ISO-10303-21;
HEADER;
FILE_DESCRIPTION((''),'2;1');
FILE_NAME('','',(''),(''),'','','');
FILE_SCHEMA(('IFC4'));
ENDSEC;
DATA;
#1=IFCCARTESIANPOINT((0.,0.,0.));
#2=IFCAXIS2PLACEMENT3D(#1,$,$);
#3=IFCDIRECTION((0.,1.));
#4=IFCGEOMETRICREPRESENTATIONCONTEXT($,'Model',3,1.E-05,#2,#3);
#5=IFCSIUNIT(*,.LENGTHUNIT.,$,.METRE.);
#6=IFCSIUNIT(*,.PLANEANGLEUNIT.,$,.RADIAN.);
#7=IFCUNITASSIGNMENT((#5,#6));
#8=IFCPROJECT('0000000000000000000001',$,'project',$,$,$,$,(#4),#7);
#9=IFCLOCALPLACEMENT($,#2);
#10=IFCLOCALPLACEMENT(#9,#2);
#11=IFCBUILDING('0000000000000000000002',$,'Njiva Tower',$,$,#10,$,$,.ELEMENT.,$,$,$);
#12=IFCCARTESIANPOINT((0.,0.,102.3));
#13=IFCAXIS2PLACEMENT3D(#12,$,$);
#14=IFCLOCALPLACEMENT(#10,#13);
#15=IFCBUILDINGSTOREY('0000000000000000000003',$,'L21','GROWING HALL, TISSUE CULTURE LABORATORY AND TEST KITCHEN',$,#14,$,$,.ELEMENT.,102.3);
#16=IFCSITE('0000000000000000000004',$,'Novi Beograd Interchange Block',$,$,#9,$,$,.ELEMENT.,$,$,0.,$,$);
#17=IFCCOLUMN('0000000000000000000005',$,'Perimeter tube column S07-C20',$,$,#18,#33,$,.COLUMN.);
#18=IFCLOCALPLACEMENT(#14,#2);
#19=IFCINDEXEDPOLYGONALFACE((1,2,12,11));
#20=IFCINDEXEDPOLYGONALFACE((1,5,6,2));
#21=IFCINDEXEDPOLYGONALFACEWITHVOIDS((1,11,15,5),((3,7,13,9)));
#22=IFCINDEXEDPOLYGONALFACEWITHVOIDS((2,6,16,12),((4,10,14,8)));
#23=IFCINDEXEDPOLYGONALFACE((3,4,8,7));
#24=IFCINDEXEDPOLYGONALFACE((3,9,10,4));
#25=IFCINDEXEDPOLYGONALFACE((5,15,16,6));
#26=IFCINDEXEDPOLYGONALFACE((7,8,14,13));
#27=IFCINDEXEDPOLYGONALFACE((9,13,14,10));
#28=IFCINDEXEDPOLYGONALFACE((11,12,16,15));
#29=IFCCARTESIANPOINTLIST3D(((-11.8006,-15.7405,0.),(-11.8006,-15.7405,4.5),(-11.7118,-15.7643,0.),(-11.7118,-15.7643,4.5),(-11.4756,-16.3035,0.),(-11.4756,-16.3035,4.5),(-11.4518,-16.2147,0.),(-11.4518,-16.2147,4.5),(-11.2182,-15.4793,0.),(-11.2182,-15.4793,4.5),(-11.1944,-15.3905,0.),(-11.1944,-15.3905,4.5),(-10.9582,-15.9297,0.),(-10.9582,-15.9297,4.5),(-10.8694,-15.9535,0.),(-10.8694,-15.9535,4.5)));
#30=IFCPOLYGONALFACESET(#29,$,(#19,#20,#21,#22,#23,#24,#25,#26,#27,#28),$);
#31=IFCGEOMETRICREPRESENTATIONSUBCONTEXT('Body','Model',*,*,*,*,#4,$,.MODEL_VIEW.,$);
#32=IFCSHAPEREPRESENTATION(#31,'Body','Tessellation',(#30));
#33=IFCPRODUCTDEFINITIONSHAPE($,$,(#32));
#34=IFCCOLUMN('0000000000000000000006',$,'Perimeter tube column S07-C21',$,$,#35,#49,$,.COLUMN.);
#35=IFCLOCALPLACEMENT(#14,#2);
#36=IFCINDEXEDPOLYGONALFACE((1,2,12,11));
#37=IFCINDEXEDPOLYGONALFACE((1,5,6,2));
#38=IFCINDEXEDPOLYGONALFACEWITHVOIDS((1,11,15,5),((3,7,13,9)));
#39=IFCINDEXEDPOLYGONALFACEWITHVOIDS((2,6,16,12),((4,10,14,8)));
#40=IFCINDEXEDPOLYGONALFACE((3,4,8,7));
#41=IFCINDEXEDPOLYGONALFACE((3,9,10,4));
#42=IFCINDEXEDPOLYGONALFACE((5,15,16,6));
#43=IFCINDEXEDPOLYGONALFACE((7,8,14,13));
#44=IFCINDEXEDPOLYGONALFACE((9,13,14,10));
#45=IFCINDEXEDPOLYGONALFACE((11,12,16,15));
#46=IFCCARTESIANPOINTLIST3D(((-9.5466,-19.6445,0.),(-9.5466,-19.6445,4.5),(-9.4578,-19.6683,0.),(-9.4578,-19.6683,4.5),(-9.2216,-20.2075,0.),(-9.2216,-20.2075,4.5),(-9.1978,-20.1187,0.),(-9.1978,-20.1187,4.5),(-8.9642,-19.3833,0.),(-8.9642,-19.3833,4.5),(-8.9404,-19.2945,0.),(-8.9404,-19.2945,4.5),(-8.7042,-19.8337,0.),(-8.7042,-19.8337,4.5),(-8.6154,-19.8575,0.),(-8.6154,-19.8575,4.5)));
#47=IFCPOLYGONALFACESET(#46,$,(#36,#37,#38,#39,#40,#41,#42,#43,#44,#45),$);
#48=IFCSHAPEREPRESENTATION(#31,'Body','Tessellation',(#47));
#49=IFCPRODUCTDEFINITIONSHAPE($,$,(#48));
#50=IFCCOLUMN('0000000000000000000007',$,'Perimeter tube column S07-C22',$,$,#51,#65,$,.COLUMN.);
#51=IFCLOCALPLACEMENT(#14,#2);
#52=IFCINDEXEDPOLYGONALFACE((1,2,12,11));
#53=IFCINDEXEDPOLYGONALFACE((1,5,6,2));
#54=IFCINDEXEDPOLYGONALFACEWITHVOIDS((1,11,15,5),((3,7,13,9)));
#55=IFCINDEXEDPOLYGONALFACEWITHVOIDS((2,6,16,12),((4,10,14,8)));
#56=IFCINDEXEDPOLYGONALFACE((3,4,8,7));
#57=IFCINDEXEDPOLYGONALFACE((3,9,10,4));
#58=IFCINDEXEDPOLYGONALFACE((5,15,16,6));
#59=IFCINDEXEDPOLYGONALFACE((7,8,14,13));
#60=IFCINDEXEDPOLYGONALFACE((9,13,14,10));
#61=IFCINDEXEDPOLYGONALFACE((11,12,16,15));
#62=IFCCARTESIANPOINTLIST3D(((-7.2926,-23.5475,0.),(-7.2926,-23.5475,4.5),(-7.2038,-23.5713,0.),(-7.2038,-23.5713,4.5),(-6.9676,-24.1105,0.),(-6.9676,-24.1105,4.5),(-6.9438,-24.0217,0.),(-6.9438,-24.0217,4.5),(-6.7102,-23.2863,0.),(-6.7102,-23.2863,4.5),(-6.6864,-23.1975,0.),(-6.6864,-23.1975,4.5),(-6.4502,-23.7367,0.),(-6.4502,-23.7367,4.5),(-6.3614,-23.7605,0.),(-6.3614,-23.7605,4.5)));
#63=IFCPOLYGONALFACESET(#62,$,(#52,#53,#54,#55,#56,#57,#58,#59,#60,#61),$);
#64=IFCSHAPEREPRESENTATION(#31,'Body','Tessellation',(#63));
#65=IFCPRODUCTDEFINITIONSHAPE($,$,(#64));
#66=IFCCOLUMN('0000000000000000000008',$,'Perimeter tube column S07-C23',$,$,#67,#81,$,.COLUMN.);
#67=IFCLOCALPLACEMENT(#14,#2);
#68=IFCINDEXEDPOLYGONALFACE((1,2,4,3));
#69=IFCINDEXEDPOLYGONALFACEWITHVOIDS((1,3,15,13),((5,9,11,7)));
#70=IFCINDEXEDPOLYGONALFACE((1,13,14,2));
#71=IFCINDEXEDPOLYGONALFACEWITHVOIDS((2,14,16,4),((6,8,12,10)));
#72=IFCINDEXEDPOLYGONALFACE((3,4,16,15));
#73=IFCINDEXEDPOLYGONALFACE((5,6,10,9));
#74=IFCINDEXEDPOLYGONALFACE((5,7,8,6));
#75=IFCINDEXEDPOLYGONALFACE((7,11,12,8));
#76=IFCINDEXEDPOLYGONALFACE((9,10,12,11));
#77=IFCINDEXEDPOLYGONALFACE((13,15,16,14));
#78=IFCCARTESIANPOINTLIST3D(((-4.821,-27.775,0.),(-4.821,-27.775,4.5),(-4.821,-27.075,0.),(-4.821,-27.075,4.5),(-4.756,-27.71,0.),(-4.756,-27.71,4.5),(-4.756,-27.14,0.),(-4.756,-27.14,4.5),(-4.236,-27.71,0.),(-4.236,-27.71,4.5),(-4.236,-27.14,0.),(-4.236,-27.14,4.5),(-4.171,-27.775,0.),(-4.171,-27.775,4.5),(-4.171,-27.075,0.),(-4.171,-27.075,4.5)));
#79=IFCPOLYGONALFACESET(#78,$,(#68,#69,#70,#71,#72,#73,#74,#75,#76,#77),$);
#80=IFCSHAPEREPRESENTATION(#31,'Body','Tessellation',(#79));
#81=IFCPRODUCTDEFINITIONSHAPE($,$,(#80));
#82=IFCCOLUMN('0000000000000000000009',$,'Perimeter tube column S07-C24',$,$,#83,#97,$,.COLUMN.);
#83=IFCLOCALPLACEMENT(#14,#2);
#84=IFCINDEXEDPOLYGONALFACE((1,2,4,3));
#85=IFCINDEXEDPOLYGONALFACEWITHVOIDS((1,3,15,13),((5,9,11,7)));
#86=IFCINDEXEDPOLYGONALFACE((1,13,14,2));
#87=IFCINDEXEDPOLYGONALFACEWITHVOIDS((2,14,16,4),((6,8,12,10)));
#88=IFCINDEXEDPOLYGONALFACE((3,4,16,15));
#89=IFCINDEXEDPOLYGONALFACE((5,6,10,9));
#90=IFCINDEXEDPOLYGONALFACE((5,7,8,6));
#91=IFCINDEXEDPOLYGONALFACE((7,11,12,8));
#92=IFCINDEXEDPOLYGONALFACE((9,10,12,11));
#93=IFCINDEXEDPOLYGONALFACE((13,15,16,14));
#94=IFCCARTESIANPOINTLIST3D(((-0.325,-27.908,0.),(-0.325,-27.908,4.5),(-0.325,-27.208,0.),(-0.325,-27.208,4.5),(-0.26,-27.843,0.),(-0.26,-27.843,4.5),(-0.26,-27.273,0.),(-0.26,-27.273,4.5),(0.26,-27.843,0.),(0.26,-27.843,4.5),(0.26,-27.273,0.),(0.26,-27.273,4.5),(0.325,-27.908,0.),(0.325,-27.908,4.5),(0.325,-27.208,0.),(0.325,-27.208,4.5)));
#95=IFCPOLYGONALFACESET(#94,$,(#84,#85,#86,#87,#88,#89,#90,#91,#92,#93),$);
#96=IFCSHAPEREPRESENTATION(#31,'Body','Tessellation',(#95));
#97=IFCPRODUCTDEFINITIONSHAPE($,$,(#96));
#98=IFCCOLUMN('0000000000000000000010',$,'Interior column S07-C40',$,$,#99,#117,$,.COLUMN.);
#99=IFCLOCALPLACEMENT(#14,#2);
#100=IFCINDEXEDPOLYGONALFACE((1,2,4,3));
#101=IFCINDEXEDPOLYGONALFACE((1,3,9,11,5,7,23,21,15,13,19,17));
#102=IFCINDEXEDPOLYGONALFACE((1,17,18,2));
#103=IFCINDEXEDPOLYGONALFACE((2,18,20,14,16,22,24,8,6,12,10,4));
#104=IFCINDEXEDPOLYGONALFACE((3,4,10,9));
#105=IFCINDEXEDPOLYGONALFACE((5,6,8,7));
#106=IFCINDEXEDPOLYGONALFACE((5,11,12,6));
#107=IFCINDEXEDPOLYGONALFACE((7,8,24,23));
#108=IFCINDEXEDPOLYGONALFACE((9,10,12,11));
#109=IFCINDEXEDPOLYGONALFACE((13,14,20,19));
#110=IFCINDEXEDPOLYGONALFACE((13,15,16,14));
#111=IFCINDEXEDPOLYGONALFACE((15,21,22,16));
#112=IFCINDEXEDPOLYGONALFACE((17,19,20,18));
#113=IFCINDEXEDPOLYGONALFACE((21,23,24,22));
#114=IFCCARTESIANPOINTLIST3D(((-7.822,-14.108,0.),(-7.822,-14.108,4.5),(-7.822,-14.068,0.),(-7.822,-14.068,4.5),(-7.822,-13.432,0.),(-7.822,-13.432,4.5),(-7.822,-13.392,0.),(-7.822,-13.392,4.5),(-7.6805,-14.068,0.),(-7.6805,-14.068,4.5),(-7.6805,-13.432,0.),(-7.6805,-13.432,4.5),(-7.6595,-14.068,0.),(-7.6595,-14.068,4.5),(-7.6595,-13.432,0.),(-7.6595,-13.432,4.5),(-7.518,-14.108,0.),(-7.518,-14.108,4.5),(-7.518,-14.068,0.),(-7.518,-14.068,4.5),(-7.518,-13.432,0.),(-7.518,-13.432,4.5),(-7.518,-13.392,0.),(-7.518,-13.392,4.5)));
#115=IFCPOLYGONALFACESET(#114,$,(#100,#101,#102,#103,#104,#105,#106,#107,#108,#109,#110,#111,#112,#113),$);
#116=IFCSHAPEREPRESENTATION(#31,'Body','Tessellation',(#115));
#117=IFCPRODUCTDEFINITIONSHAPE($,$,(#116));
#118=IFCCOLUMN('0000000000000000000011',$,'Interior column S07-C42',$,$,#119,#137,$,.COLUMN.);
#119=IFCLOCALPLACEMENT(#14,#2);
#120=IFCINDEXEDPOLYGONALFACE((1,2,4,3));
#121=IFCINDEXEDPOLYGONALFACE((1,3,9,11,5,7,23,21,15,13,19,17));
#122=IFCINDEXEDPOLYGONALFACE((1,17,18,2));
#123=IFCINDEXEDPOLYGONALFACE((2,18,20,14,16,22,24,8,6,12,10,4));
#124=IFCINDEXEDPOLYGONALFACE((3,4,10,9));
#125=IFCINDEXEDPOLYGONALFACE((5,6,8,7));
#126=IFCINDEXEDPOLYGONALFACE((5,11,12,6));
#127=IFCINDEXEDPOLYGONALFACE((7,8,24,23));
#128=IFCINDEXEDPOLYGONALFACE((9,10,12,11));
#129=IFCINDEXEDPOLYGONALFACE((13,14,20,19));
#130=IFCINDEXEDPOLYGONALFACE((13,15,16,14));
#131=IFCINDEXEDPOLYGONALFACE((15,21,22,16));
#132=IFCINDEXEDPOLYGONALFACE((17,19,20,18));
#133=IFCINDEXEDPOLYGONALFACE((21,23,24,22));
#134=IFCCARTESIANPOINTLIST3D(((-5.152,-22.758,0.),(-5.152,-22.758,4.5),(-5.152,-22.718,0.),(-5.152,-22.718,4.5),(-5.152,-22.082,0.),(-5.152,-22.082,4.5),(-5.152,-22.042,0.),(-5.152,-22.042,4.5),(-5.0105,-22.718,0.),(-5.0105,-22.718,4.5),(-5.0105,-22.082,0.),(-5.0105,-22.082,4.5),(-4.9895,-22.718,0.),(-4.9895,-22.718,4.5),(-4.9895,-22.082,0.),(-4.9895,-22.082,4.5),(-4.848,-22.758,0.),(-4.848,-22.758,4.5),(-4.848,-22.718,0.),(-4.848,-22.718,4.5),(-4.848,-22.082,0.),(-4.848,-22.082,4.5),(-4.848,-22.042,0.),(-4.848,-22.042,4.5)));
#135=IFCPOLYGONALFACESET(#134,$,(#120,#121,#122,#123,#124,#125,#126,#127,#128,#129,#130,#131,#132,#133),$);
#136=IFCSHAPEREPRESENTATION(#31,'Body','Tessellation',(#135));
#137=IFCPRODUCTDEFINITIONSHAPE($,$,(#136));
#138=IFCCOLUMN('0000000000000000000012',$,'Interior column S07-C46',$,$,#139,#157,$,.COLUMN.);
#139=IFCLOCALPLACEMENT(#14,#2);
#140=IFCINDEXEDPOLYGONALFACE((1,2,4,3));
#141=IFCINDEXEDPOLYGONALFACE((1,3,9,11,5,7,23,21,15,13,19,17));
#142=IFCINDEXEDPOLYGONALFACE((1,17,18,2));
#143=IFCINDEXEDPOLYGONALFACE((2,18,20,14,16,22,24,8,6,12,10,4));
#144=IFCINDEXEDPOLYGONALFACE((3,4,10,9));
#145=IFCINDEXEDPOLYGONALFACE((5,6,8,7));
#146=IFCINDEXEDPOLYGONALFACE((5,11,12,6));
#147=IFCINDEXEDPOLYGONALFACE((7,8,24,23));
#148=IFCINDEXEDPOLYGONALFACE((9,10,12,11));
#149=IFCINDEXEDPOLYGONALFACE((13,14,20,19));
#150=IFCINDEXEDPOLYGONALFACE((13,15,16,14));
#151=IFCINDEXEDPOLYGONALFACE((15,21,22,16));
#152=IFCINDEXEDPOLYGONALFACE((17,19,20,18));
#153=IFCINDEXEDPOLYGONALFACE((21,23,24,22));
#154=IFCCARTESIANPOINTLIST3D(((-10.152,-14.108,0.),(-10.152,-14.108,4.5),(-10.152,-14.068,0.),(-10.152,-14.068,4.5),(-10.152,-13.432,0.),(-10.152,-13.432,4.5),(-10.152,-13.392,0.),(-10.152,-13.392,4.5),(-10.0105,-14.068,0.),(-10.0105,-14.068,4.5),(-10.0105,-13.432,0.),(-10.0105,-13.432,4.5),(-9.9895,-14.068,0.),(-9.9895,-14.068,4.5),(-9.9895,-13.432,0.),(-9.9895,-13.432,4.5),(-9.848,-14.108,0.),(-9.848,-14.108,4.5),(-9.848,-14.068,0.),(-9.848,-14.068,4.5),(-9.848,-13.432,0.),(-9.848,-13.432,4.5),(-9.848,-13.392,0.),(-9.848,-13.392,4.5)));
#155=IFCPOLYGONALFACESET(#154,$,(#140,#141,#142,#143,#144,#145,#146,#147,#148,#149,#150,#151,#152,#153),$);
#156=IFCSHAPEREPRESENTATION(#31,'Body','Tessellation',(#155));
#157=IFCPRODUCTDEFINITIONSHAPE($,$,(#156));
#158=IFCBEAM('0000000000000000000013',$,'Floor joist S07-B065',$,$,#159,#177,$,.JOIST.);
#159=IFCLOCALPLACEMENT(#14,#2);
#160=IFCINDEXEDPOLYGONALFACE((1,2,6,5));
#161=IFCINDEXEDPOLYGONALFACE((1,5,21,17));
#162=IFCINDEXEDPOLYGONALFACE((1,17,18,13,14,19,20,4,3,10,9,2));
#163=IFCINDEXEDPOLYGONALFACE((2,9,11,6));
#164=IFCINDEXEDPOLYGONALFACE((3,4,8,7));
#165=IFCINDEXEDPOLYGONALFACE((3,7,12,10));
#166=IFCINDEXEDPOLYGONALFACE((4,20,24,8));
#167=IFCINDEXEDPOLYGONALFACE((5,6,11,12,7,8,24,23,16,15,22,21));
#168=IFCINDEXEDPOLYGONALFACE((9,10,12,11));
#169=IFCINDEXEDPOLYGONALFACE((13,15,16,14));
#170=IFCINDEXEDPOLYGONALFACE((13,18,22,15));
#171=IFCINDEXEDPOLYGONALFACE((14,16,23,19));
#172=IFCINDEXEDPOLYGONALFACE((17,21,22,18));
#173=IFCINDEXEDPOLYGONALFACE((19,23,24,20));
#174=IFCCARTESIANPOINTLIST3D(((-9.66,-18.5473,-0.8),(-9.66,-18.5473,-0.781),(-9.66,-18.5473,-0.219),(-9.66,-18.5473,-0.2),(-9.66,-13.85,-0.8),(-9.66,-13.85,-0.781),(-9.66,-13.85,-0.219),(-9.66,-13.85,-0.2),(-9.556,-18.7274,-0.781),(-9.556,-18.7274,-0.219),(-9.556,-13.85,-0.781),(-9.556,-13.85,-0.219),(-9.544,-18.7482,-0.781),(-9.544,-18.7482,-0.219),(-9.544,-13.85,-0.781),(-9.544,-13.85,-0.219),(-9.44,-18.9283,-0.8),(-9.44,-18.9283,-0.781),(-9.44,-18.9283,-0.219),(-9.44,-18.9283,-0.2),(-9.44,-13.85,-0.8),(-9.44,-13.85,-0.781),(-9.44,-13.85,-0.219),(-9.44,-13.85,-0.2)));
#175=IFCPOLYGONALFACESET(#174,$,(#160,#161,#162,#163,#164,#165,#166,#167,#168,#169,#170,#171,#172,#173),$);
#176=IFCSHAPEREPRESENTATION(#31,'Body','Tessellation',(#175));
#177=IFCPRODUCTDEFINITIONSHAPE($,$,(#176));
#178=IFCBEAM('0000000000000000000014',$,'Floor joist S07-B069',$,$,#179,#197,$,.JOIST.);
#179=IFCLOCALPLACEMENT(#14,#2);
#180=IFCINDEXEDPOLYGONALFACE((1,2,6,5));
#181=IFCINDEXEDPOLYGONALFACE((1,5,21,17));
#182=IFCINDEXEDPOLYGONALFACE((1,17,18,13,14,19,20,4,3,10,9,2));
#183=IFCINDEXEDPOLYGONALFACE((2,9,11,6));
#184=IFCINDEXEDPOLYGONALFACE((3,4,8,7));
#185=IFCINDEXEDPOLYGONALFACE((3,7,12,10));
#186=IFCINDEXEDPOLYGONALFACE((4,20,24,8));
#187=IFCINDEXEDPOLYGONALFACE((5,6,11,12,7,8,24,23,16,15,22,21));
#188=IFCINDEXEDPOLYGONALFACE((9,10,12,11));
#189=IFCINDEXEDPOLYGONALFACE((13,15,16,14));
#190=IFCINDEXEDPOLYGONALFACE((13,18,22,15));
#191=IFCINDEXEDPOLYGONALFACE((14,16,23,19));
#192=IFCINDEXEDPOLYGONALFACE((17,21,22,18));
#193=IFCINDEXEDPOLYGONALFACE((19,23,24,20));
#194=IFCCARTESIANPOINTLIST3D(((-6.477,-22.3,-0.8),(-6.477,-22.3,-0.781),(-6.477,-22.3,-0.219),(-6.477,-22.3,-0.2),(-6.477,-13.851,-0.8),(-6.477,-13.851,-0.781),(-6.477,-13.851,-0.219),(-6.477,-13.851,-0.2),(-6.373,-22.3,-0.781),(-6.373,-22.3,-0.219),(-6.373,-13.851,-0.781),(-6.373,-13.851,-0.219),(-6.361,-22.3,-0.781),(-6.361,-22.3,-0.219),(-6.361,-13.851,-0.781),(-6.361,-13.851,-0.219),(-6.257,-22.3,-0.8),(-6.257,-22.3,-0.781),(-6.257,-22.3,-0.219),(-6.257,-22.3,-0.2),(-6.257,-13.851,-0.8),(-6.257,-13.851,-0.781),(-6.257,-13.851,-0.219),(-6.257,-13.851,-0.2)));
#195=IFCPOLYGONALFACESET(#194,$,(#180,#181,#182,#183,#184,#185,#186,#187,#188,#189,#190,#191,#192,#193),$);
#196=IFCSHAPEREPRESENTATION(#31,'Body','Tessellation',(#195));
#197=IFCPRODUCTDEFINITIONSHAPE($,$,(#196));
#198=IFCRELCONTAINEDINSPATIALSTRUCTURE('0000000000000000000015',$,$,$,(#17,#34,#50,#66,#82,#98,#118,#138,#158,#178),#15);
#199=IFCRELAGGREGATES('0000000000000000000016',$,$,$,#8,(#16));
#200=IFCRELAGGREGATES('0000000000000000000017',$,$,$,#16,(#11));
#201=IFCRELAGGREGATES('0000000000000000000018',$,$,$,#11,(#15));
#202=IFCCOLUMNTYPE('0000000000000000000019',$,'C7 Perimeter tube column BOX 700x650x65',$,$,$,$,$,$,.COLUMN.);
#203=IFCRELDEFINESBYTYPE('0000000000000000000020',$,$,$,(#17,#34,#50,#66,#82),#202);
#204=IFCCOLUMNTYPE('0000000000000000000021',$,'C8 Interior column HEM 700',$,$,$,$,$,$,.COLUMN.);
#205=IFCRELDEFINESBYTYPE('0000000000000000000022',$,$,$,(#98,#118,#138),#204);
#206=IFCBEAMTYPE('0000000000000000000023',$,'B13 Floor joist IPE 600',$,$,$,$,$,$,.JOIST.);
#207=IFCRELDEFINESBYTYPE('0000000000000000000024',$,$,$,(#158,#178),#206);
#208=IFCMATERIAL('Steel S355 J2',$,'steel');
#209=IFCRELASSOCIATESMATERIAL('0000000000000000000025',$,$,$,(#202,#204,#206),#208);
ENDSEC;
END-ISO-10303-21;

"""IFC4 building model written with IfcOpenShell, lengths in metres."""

from ifc_helpers import new_model, si_unit, direction, frame, origin, origin_2d, place, context, subcontext, project, spatial, hollow_rectangle, i_section, extrude, clip, halfspace, material, material_profile, profile_set, type_object, element, save


model = new_model("IFC4")

# Units and contexts
model_context = context("Model", 3, precision=1e-05, world=origin(), true_north=direction((0.0, 1.0)))
body_context = subcontext(model_context, "Body", "Model", "MODEL_VIEW")
ifc_project = project(units=[si_unit("LENGTHUNIT", "METRE"), si_unit("PLANEANGLEUNIT", "RADIAN")], contexts=[model_context])

# Site, building, storey
site_placement = place(None, origin())
site = spatial("IfcSite", under=ifc_project, at=site_placement, Name="Novi Beograd Interchange Block", CompositionType="ELEMENT", RefElevation=0.0)
building_placement = place(site_placement, origin())
building = spatial("IfcBuilding", under=site, at=building_placement, Name="Njiva Tower", CompositionType="ELEMENT")
storey_placement = place(building_placement, frame((0.0, 0.0, 102.3)))
storey = spatial("IfcBuildingStorey", under=building, at=storey_placement, Name="L21", Description="GROWING HALL, TISSUE CULTURE LABORATORY AND TEST KITCHEN", CompositionType="ELEMENT", Elevation=102.3)

# Columns
ifc_material_1 = material(Name="Steel S355 J2", Category="steel")
ifc_material_profile_1 = material_profile(ifc_material_1, hollow_rectangle(XDim=0.65, YDim=0.7, WallThickness=0.065, at=origin_2d()), Name="BOX 700x650x65")
ifc_profile_set_1 = profile_set([ifc_material_profile_1], Name="Steel S355 J2")
column_type_1 = type_object("IfcColumnType", Name="C7 Perimeter tube column BOX 700x650x65", PredefinedType="COLUMN", material=ifc_profile_set_1)
for number, where, z_axis, x_axis, name in (
    (1, (-11.335, -15.847, 0.0), (0.0, 0.0, 1.0), (0.5, -0.866025, 0.0), "Perimeter tube column S07-C20"),
    (2, (-9.081, -19.751, 0.0), (0.0, 0.0, 1.0), (0.5, -0.866025, 0.0), "Perimeter tube column S07-C21"),
    (3, (-6.827, -23.654, 0.0), (0.0, 0.0, 1.0), (0.5, -0.866025, 0.0), "Perimeter tube column S07-C22"),
    (4, (-4.496, -27.425, 0.0), (0.0, 0.0, 1.0), (1.0, 0.0, 0.0), "Perimeter tube column S07-C23"),
    (5, (0.0, -27.558, 0.0), (0.0, 0.0, 1.0), (1.0, 0.0, 0.0), "Perimeter tube column S07-C24"),
):
    element("IfcColumn", number, at=place(storey_placement, frame(where, z_axis=z_axis, x_axis=x_axis)), inside=storey, type_object=column_type_1, Name=name, PredefinedType="COLUMN", context=body_context, shape_type="SweptSolid", body=[
        extrude(hollow_rectangle(XDim=0.65, YDim=0.7, WallThickness=0.065, at=origin_2d()), origin(), (0.0, 0.0, 1.0), 4.5),
    ])
ifc_material_profile_2 = material_profile(ifc_material_1, i_section(OverallWidth=0.304, OverallDepth=0.716, WebThickness=0.021, FlangeThickness=0.04, at=origin_2d()), Name="HEM 700")
ifc_profile_set_2 = profile_set([ifc_material_profile_2], Name="Steel S355 J2")
column_type_2 = type_object("IfcColumnType", Name="C8 Interior column HEM 700", PredefinedType="COLUMN", material=ifc_profile_set_2)
for number, where, z_axis, x_axis, name in (
    (6, (-7.67, -13.75, 0.0), (0.0, 0.0, 1.0), (1.0, 0.0, 0.0), "Interior column S07-C40"),
    (7, (-5.0, -22.4, 0.0), (0.0, 0.0, 1.0), (1.0, 0.0, 0.0), "Interior column S07-C42"),
    (8, (-10.0, -13.75, 0.0), (0.0, 0.0, 1.0), (1.0, 0.0, 0.0), "Interior column S07-C46"),
):
    element("IfcColumn", number, at=place(storey_placement, frame(where, z_axis=z_axis, x_axis=x_axis)), inside=storey, type_object=column_type_2, Name=name, PredefinedType="COLUMN", context=body_context, shape_type="SweptSolid", body=[
        extrude(i_section(OverallWidth=0.304, OverallDepth=0.716, WebThickness=0.021, FlangeThickness=0.04, at=origin_2d()), origin(), (0.0, 0.0, 1.0), 4.5),
    ])

# Beams
ifc_material_profile_3 = material_profile(ifc_material_1, i_section(OverallWidth=0.22, OverallDepth=0.6, WebThickness=0.012, FlangeThickness=0.019, at=origin_2d()), Name="IPE 600")
ifc_profile_set_3 = profile_set([ifc_material_profile_3], Name="Steel S355 J2")
beam_type_1 = type_object("IfcBeamType", Name="B13 Floor joist IPE 600", PredefinedType="JOIST", material=ifc_profile_set_3)
beam_1_placement = place(storey_placement, frame((-9.55, -13.85, -0.5), z_axis=(0.0, -1.0, 0.0), x_axis=(1.0, 0.0, 0.0)))
element("IfcBeam", 9, at=beam_1_placement, inside=storey, type_object=beam_type_1, Name="Floor joist S07-B065", PredefinedType="JOIST", context=body_context, shape_type="Clipping", body=[
    clip(extrude(i_section(OverallWidth=0.22, OverallDepth=0.6, WebThickness=0.012, FlangeThickness=0.019, at=origin_2d()), origin(), (0.0, 0.0, 1.0), 5.099), halfspace(frame((-0.0433, 0.0, 4.8128), z_axis=(-0.866027, 0.0, 0.499998), x_axis=(0.0, 1.0, 0.0)), False)),
])
for number, where, z_axis, x_axis, name in (
    (10, (-6.367, -13.851, -0.5), (0.0, -1.0, 0.0), (1.0, 0.0, 0.0), "Floor joist S07-B069"),
):
    element("IfcBeam", number, at=place(storey_placement, frame(where, z_axis=z_axis, x_axis=x_axis)), inside=storey, type_object=beam_type_1, Name=name, PredefinedType="JOIST", context=body_context, shape_type="SweptSolid", body=[
        extrude(i_section(OverallWidth=0.22, OverallDepth=0.6, WebThickness=0.012, FlangeThickness=0.019, at=origin_2d()), origin(), (0.0, 0.0, 1.0), 8.449),
    ])

save(model, "model.ifc")
